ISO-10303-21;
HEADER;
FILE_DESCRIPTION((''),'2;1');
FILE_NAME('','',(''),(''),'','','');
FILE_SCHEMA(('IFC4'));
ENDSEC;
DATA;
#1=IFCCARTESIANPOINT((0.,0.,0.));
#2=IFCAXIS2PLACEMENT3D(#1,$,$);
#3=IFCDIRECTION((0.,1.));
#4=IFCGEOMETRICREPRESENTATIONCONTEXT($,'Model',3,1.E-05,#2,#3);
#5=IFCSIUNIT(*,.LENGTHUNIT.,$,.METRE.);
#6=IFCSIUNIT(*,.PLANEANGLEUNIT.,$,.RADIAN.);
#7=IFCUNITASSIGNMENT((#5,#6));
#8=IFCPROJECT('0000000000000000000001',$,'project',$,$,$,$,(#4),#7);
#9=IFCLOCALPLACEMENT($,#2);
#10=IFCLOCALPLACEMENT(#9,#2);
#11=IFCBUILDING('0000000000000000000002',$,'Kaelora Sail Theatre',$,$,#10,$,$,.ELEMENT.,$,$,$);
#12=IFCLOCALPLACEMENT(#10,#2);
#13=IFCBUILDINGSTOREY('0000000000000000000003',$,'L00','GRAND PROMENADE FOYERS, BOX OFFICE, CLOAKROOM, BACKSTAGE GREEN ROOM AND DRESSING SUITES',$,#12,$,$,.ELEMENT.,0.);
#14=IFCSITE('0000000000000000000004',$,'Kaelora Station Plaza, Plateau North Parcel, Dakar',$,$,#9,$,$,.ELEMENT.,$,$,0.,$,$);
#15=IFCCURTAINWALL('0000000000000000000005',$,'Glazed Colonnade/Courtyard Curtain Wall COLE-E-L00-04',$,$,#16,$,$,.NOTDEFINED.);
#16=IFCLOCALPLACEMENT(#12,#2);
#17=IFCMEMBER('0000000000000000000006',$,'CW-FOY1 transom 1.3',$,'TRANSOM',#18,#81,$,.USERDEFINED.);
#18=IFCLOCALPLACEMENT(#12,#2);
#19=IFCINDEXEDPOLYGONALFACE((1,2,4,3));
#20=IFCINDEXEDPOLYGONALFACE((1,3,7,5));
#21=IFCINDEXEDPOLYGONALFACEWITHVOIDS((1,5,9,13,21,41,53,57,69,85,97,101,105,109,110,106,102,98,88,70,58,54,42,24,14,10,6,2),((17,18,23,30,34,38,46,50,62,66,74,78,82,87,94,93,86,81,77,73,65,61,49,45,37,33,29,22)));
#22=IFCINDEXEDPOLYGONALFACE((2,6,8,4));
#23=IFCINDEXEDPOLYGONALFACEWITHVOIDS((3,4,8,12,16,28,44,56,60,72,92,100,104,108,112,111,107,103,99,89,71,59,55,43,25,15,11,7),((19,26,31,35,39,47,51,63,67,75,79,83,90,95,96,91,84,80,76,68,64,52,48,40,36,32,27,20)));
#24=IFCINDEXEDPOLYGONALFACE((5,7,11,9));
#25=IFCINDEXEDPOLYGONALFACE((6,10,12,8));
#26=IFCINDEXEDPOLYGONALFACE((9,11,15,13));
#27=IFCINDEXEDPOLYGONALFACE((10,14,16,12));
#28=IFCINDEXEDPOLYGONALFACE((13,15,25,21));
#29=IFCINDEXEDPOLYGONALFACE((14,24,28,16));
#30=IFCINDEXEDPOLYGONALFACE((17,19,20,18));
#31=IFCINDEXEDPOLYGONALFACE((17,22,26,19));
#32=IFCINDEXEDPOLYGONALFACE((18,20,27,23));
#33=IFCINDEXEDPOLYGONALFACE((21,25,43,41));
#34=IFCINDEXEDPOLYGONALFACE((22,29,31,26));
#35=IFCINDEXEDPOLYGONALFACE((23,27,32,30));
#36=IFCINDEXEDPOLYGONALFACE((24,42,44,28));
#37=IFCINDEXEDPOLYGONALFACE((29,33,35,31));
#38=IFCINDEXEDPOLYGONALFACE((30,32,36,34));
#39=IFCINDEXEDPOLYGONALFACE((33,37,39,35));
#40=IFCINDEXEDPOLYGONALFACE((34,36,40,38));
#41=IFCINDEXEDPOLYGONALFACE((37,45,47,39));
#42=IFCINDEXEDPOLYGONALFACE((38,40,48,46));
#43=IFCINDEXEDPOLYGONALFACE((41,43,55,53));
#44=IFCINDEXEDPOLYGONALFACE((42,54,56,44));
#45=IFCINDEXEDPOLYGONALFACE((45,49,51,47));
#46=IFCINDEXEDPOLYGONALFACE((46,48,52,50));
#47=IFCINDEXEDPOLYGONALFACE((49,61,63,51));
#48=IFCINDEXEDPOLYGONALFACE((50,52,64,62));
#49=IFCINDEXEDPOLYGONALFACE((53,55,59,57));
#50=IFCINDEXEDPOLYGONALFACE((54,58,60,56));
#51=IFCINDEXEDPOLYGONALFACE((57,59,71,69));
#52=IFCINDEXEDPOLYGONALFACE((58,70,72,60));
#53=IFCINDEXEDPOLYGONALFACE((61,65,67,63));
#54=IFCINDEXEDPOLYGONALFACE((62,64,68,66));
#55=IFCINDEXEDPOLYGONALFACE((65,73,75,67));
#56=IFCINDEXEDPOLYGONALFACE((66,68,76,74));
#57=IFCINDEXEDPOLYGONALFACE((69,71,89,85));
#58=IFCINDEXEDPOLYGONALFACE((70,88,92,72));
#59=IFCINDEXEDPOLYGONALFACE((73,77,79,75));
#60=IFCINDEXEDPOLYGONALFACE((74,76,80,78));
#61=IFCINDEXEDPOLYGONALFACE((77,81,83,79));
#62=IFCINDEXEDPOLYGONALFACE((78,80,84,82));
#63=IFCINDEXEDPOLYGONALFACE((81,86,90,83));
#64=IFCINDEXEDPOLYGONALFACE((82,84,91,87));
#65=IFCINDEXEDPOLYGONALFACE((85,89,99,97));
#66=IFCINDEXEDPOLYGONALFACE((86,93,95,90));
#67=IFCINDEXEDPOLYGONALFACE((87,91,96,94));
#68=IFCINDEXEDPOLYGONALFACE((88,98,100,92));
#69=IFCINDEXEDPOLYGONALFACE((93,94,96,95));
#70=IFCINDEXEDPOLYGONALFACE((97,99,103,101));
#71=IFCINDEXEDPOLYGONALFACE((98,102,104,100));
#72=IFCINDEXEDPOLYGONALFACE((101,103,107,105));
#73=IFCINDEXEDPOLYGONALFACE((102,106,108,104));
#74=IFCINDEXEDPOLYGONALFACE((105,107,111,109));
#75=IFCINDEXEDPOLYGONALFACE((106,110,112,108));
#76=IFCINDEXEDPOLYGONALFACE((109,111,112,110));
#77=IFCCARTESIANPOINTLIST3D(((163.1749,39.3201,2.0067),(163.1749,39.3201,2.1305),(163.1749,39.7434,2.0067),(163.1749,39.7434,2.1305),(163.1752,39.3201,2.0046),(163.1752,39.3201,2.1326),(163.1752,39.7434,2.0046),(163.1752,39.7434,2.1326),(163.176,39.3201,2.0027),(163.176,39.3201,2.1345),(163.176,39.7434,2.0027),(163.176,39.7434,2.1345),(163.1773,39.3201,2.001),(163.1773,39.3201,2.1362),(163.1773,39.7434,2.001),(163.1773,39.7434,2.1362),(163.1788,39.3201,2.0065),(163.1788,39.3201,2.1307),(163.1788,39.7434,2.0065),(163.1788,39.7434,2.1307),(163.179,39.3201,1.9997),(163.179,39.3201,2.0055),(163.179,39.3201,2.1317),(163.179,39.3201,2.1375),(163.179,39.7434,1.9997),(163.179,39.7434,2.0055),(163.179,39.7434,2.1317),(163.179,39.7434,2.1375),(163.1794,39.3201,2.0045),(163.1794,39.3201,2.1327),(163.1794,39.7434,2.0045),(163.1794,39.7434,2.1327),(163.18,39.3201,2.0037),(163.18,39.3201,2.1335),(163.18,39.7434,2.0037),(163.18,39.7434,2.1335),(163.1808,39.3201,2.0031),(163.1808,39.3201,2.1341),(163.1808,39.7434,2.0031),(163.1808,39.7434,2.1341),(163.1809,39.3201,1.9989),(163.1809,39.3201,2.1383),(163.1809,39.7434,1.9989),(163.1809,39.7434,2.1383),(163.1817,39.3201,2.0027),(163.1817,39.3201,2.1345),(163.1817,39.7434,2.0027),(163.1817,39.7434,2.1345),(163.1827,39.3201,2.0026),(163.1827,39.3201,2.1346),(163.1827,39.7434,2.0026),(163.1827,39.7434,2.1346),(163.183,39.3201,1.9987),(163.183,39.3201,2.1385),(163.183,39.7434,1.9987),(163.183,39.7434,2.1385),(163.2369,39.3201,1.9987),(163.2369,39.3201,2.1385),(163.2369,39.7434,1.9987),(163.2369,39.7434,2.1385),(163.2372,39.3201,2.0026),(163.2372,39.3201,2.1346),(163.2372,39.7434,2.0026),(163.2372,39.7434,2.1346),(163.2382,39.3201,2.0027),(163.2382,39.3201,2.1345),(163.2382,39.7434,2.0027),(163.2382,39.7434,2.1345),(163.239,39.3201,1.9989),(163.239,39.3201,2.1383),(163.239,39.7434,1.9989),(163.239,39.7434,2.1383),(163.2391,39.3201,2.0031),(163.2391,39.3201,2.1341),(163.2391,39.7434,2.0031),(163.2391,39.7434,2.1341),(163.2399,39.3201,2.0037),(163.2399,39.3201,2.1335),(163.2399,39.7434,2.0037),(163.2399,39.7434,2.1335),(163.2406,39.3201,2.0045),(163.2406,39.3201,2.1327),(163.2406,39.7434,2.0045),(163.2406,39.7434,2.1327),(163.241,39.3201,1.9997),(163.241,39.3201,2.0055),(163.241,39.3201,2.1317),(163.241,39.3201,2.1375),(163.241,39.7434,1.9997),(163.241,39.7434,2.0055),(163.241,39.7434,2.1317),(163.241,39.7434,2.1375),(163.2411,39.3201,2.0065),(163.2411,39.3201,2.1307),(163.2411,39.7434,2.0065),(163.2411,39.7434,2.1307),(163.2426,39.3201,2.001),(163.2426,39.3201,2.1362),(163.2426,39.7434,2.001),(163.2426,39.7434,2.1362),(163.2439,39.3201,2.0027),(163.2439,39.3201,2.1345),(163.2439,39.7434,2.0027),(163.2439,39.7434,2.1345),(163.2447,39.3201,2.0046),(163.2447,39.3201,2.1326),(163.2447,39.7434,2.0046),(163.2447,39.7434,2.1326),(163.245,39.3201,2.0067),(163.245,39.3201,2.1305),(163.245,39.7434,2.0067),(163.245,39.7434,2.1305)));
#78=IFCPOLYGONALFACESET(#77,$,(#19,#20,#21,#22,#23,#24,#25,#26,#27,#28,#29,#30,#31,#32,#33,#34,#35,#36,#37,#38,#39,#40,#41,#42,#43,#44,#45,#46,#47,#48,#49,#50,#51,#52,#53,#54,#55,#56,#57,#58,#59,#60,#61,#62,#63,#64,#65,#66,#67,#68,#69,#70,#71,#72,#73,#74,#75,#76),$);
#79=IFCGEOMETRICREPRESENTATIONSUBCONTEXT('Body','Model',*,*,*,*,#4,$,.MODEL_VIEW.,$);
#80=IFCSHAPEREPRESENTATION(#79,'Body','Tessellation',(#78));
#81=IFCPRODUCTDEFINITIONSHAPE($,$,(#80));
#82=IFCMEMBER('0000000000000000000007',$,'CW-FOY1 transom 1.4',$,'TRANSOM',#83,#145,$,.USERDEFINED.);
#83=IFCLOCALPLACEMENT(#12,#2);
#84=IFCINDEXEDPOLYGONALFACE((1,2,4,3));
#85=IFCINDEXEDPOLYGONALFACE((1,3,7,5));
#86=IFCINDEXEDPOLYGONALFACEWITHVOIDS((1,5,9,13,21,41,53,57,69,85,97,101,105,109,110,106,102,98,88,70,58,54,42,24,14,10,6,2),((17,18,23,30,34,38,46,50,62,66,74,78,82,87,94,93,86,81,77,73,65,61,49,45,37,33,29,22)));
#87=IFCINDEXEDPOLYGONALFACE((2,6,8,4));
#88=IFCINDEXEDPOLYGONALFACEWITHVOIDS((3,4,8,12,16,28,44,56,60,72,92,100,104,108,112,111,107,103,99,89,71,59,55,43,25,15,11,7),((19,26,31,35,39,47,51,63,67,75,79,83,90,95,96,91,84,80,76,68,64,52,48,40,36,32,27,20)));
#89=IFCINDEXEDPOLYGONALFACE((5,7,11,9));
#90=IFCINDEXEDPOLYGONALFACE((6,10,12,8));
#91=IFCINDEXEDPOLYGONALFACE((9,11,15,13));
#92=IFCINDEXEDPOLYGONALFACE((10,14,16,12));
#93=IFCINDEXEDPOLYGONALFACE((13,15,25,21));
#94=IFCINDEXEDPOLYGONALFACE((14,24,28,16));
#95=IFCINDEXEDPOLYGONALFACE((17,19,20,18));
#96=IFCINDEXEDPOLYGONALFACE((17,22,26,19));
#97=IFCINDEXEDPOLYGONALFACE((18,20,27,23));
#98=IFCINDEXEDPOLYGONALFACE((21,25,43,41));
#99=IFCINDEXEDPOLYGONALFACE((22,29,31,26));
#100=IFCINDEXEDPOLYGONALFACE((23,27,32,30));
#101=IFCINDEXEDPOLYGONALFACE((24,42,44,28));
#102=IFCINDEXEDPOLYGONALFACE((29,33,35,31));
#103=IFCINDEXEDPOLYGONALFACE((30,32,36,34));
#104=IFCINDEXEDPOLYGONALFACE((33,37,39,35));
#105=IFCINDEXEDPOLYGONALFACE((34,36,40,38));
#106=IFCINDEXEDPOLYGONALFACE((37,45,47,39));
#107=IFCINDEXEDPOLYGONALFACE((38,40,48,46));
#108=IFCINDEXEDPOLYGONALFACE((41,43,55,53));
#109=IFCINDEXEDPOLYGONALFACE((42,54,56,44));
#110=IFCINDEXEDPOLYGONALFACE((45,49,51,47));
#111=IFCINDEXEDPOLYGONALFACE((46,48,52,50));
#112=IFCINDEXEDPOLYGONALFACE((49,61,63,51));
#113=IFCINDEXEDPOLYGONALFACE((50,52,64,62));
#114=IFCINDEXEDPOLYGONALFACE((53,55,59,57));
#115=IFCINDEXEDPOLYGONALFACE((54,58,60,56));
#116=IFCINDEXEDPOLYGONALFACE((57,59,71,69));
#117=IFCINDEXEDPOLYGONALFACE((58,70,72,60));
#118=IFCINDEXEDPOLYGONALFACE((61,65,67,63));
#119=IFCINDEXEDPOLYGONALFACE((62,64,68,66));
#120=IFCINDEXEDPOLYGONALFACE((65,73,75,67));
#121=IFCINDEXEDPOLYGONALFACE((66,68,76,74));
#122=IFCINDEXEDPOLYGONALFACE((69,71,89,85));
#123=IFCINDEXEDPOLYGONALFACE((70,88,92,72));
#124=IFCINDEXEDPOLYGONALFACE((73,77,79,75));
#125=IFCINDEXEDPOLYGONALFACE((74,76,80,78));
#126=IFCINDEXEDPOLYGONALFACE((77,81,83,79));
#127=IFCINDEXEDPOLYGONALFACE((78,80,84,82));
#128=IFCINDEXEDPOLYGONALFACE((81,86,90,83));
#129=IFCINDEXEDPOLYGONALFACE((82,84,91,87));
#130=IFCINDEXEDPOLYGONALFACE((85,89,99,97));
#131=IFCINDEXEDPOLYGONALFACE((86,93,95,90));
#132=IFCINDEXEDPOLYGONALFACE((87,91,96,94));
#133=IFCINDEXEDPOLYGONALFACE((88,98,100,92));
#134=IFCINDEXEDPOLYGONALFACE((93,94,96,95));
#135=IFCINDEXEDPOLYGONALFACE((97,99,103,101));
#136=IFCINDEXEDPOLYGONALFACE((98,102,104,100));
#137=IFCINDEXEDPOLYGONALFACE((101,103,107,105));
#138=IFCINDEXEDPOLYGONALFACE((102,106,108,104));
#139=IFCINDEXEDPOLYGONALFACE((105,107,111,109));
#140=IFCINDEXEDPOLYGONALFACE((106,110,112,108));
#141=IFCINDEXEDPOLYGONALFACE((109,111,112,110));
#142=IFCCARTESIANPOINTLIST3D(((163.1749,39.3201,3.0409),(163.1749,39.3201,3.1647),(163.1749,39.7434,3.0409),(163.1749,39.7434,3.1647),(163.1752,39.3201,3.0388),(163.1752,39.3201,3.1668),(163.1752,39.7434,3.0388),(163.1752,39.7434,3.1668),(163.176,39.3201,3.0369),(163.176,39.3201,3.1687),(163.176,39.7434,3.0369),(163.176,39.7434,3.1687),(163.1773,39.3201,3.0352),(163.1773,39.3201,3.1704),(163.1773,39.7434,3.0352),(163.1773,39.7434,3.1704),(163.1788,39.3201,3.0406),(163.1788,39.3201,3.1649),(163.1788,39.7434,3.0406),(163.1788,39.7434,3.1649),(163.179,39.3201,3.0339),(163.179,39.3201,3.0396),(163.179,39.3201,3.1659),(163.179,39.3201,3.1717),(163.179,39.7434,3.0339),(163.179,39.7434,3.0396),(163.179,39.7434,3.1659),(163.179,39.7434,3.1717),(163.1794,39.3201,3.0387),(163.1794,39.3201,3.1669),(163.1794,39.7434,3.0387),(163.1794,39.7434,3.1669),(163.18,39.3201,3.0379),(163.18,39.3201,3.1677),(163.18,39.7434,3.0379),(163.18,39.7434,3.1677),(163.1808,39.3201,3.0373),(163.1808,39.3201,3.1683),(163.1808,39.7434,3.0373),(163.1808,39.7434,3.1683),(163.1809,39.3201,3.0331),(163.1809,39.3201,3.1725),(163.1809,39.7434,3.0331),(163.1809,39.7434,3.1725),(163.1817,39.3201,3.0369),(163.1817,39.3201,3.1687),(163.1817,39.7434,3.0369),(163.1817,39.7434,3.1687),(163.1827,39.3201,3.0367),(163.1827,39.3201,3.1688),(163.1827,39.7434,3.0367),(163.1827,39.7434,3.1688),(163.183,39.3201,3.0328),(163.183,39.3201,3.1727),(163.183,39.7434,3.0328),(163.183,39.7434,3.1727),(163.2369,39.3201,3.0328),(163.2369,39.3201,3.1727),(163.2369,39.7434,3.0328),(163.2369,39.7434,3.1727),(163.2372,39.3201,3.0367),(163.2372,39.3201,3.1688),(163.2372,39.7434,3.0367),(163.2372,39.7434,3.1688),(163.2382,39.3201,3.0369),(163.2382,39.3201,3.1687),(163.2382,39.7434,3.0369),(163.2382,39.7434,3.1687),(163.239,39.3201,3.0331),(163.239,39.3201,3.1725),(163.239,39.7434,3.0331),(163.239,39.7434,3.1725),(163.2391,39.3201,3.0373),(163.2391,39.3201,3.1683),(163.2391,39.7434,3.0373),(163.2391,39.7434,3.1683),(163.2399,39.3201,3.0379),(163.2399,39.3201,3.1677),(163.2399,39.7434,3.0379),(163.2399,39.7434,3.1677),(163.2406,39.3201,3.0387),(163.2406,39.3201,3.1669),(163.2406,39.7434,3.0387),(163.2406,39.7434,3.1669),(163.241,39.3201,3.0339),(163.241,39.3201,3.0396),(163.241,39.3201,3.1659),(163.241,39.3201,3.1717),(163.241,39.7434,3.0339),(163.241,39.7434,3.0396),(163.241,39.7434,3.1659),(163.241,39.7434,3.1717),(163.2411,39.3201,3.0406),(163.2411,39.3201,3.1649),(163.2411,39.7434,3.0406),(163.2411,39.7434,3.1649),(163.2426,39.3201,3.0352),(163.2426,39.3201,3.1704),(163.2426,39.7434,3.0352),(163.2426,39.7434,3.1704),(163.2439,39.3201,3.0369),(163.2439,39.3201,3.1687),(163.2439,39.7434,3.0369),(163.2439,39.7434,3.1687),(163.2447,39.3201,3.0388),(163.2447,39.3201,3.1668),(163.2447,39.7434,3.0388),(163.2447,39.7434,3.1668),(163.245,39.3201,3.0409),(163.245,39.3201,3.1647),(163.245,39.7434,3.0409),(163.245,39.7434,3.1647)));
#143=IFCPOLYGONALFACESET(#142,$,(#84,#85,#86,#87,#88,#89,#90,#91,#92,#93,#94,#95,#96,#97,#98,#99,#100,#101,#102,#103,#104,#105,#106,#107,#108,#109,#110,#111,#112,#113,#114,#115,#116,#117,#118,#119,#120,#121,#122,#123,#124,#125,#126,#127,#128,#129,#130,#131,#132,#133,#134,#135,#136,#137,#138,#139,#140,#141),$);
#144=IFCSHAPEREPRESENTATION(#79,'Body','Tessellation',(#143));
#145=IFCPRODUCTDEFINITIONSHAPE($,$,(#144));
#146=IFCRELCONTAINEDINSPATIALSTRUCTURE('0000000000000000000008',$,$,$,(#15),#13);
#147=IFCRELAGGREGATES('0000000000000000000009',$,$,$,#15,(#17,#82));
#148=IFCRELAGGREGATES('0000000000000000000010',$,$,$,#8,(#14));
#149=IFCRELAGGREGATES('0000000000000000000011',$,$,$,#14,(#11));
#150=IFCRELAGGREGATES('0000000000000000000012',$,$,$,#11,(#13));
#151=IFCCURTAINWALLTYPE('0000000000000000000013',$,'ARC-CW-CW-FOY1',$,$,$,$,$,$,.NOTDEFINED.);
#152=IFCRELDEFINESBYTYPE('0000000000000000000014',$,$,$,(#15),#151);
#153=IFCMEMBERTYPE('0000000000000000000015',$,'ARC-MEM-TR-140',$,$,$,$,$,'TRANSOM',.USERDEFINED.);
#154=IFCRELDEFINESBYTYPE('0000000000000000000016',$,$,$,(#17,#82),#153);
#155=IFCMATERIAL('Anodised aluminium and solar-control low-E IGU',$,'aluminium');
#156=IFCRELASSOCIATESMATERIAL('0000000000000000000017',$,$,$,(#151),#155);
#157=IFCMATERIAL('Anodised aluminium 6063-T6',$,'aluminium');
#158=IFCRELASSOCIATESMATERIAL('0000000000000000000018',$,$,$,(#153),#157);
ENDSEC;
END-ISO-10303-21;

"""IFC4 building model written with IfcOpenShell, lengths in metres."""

from ifc_helpers import new_model, si_unit, direction, frame, origin, origin_2d, place, context, subcontext, project, spatial, hollow_rectangle, extrude, material, material_profile, profile_set, type_object, element, aggregate, save


model = new_model("IFC4")

# Units and contexts
model_context = context("Model", 3, precision=1e-05, world=origin(), true_north=direction((0.0, 1.0)))
body_context = subcontext(model_context, "Body", "Model", "MODEL_VIEW")
ifc_project = project(units=[si_unit("LENGTHUNIT", "METRE"), si_unit("PLANEANGLEUNIT", "RADIAN")], contexts=[model_context])

# Site, building, storey
site_placement = place(None, origin())
site = spatial("IfcSite", under=ifc_project, at=site_placement, Name="Kaelora Station Plaza, Plateau North Parcel, Dakar", CompositionType="ELEMENT", RefElevation=0.0)
building_placement = place(site_placement, origin())
building = spatial("IfcBuilding", under=site, at=building_placement, Name="Kaelora Sail Theatre", CompositionType="ELEMENT")
storey_placement = place(building_placement, origin())
storey = spatial("IfcBuildingStorey", under=building, at=storey_placement, Name="L00", Description="GRAND PROMENADE FOYERS, BOX OFFICE, CLOAKROOM, BACKSTAGE GREEN ROOM AND DRESSING SUITES", CompositionType="ELEMENT", Elevation=0.0)

# Curtain wall, members
ifc_material_1 = material(Name="Anodised aluminium and solar-control low-E IGU", Category="aluminium")
curtain_wall_type = type_object("IfcCurtainWallType", Name="ARC-CW-CW-FOY1", PredefinedType="NOTDEFINED", material=ifc_material_1)
curtain_wall_placement = place(storey_placement, origin())
curtain_wall = element("IfcCurtainWall", 1, at=curtain_wall_placement, inside=storey, type_object=curtain_wall_type, Name="Glazed Colonnade/Courtyard Curtain Wall COLE-E-L00-04", PredefinedType="NOTDEFINED")
ifc_material_2 = material(Name="Anodised aluminium 6063-T6", Category="aluminium")
ifc_material_profile_1 = material_profile(ifc_material_2, hollow_rectangle(XDim=0.0701, YDim=0.1399, WallThickness=0.0039, InnerFilletRadius=0.0039, OuterFilletRadius=0.0081, at=origin_2d()), Name="ALU-TRAN 70x140x4")
ifc_profile_set_1 = profile_set([ifc_material_profile_1], Name="Anodised aluminium 6063-T6")
member_type_1 = type_object("IfcMemberType", Name="ARC-MEM-TR-140", ElementType="TRANSOM", PredefinedType="USERDEFINED", material=ifc_profile_set_1)
member_1_placement = place(storey_placement, frame((163.21, 39.3201, 2.0686), z_axis=(0.0, 1.0, 0.0), x_axis=(-1.0, 0.0, 0.0)))
member_1 = element("IfcMember", 2, at=member_1_placement, type_object=member_type_1, Name="CW-FOY1 transom 1.3", ObjectType="TRANSOM", PredefinedType="USERDEFINED", context=body_context, shape_type="SweptSolid", body=[
    extrude(hollow_rectangle(XDim=0.0701, YDim=0.1399, WallThickness=0.0039, InnerFilletRadius=0.0039, OuterFilletRadius=0.0081, at=origin_2d()), origin(), (0.0, 0.0, 1.0), 0.4233),
])
member_2_placement = place(storey_placement, frame((163.21, 39.3201, 3.1028), z_axis=(0.0, 1.0, 0.0), x_axis=(-1.0, 0.0, 0.0)))
member_2 = element("IfcMember", 3, at=member_2_placement, type_object=member_type_1, Name="CW-FOY1 transom 1.4", ObjectType="TRANSOM", PredefinedType="USERDEFINED", context=body_context, shape_type="SweptSolid", body=[
    extrude(hollow_rectangle(XDim=0.0701, YDim=0.1399, WallThickness=0.0039, InnerFilletRadius=0.0039, OuterFilletRadius=0.0081, at=origin_2d()), origin(), (0.0, 0.0, 1.0), 0.4233),
])

aggregate(curtain_wall, [member_1, member_2])

save(model, "model.ifc")
